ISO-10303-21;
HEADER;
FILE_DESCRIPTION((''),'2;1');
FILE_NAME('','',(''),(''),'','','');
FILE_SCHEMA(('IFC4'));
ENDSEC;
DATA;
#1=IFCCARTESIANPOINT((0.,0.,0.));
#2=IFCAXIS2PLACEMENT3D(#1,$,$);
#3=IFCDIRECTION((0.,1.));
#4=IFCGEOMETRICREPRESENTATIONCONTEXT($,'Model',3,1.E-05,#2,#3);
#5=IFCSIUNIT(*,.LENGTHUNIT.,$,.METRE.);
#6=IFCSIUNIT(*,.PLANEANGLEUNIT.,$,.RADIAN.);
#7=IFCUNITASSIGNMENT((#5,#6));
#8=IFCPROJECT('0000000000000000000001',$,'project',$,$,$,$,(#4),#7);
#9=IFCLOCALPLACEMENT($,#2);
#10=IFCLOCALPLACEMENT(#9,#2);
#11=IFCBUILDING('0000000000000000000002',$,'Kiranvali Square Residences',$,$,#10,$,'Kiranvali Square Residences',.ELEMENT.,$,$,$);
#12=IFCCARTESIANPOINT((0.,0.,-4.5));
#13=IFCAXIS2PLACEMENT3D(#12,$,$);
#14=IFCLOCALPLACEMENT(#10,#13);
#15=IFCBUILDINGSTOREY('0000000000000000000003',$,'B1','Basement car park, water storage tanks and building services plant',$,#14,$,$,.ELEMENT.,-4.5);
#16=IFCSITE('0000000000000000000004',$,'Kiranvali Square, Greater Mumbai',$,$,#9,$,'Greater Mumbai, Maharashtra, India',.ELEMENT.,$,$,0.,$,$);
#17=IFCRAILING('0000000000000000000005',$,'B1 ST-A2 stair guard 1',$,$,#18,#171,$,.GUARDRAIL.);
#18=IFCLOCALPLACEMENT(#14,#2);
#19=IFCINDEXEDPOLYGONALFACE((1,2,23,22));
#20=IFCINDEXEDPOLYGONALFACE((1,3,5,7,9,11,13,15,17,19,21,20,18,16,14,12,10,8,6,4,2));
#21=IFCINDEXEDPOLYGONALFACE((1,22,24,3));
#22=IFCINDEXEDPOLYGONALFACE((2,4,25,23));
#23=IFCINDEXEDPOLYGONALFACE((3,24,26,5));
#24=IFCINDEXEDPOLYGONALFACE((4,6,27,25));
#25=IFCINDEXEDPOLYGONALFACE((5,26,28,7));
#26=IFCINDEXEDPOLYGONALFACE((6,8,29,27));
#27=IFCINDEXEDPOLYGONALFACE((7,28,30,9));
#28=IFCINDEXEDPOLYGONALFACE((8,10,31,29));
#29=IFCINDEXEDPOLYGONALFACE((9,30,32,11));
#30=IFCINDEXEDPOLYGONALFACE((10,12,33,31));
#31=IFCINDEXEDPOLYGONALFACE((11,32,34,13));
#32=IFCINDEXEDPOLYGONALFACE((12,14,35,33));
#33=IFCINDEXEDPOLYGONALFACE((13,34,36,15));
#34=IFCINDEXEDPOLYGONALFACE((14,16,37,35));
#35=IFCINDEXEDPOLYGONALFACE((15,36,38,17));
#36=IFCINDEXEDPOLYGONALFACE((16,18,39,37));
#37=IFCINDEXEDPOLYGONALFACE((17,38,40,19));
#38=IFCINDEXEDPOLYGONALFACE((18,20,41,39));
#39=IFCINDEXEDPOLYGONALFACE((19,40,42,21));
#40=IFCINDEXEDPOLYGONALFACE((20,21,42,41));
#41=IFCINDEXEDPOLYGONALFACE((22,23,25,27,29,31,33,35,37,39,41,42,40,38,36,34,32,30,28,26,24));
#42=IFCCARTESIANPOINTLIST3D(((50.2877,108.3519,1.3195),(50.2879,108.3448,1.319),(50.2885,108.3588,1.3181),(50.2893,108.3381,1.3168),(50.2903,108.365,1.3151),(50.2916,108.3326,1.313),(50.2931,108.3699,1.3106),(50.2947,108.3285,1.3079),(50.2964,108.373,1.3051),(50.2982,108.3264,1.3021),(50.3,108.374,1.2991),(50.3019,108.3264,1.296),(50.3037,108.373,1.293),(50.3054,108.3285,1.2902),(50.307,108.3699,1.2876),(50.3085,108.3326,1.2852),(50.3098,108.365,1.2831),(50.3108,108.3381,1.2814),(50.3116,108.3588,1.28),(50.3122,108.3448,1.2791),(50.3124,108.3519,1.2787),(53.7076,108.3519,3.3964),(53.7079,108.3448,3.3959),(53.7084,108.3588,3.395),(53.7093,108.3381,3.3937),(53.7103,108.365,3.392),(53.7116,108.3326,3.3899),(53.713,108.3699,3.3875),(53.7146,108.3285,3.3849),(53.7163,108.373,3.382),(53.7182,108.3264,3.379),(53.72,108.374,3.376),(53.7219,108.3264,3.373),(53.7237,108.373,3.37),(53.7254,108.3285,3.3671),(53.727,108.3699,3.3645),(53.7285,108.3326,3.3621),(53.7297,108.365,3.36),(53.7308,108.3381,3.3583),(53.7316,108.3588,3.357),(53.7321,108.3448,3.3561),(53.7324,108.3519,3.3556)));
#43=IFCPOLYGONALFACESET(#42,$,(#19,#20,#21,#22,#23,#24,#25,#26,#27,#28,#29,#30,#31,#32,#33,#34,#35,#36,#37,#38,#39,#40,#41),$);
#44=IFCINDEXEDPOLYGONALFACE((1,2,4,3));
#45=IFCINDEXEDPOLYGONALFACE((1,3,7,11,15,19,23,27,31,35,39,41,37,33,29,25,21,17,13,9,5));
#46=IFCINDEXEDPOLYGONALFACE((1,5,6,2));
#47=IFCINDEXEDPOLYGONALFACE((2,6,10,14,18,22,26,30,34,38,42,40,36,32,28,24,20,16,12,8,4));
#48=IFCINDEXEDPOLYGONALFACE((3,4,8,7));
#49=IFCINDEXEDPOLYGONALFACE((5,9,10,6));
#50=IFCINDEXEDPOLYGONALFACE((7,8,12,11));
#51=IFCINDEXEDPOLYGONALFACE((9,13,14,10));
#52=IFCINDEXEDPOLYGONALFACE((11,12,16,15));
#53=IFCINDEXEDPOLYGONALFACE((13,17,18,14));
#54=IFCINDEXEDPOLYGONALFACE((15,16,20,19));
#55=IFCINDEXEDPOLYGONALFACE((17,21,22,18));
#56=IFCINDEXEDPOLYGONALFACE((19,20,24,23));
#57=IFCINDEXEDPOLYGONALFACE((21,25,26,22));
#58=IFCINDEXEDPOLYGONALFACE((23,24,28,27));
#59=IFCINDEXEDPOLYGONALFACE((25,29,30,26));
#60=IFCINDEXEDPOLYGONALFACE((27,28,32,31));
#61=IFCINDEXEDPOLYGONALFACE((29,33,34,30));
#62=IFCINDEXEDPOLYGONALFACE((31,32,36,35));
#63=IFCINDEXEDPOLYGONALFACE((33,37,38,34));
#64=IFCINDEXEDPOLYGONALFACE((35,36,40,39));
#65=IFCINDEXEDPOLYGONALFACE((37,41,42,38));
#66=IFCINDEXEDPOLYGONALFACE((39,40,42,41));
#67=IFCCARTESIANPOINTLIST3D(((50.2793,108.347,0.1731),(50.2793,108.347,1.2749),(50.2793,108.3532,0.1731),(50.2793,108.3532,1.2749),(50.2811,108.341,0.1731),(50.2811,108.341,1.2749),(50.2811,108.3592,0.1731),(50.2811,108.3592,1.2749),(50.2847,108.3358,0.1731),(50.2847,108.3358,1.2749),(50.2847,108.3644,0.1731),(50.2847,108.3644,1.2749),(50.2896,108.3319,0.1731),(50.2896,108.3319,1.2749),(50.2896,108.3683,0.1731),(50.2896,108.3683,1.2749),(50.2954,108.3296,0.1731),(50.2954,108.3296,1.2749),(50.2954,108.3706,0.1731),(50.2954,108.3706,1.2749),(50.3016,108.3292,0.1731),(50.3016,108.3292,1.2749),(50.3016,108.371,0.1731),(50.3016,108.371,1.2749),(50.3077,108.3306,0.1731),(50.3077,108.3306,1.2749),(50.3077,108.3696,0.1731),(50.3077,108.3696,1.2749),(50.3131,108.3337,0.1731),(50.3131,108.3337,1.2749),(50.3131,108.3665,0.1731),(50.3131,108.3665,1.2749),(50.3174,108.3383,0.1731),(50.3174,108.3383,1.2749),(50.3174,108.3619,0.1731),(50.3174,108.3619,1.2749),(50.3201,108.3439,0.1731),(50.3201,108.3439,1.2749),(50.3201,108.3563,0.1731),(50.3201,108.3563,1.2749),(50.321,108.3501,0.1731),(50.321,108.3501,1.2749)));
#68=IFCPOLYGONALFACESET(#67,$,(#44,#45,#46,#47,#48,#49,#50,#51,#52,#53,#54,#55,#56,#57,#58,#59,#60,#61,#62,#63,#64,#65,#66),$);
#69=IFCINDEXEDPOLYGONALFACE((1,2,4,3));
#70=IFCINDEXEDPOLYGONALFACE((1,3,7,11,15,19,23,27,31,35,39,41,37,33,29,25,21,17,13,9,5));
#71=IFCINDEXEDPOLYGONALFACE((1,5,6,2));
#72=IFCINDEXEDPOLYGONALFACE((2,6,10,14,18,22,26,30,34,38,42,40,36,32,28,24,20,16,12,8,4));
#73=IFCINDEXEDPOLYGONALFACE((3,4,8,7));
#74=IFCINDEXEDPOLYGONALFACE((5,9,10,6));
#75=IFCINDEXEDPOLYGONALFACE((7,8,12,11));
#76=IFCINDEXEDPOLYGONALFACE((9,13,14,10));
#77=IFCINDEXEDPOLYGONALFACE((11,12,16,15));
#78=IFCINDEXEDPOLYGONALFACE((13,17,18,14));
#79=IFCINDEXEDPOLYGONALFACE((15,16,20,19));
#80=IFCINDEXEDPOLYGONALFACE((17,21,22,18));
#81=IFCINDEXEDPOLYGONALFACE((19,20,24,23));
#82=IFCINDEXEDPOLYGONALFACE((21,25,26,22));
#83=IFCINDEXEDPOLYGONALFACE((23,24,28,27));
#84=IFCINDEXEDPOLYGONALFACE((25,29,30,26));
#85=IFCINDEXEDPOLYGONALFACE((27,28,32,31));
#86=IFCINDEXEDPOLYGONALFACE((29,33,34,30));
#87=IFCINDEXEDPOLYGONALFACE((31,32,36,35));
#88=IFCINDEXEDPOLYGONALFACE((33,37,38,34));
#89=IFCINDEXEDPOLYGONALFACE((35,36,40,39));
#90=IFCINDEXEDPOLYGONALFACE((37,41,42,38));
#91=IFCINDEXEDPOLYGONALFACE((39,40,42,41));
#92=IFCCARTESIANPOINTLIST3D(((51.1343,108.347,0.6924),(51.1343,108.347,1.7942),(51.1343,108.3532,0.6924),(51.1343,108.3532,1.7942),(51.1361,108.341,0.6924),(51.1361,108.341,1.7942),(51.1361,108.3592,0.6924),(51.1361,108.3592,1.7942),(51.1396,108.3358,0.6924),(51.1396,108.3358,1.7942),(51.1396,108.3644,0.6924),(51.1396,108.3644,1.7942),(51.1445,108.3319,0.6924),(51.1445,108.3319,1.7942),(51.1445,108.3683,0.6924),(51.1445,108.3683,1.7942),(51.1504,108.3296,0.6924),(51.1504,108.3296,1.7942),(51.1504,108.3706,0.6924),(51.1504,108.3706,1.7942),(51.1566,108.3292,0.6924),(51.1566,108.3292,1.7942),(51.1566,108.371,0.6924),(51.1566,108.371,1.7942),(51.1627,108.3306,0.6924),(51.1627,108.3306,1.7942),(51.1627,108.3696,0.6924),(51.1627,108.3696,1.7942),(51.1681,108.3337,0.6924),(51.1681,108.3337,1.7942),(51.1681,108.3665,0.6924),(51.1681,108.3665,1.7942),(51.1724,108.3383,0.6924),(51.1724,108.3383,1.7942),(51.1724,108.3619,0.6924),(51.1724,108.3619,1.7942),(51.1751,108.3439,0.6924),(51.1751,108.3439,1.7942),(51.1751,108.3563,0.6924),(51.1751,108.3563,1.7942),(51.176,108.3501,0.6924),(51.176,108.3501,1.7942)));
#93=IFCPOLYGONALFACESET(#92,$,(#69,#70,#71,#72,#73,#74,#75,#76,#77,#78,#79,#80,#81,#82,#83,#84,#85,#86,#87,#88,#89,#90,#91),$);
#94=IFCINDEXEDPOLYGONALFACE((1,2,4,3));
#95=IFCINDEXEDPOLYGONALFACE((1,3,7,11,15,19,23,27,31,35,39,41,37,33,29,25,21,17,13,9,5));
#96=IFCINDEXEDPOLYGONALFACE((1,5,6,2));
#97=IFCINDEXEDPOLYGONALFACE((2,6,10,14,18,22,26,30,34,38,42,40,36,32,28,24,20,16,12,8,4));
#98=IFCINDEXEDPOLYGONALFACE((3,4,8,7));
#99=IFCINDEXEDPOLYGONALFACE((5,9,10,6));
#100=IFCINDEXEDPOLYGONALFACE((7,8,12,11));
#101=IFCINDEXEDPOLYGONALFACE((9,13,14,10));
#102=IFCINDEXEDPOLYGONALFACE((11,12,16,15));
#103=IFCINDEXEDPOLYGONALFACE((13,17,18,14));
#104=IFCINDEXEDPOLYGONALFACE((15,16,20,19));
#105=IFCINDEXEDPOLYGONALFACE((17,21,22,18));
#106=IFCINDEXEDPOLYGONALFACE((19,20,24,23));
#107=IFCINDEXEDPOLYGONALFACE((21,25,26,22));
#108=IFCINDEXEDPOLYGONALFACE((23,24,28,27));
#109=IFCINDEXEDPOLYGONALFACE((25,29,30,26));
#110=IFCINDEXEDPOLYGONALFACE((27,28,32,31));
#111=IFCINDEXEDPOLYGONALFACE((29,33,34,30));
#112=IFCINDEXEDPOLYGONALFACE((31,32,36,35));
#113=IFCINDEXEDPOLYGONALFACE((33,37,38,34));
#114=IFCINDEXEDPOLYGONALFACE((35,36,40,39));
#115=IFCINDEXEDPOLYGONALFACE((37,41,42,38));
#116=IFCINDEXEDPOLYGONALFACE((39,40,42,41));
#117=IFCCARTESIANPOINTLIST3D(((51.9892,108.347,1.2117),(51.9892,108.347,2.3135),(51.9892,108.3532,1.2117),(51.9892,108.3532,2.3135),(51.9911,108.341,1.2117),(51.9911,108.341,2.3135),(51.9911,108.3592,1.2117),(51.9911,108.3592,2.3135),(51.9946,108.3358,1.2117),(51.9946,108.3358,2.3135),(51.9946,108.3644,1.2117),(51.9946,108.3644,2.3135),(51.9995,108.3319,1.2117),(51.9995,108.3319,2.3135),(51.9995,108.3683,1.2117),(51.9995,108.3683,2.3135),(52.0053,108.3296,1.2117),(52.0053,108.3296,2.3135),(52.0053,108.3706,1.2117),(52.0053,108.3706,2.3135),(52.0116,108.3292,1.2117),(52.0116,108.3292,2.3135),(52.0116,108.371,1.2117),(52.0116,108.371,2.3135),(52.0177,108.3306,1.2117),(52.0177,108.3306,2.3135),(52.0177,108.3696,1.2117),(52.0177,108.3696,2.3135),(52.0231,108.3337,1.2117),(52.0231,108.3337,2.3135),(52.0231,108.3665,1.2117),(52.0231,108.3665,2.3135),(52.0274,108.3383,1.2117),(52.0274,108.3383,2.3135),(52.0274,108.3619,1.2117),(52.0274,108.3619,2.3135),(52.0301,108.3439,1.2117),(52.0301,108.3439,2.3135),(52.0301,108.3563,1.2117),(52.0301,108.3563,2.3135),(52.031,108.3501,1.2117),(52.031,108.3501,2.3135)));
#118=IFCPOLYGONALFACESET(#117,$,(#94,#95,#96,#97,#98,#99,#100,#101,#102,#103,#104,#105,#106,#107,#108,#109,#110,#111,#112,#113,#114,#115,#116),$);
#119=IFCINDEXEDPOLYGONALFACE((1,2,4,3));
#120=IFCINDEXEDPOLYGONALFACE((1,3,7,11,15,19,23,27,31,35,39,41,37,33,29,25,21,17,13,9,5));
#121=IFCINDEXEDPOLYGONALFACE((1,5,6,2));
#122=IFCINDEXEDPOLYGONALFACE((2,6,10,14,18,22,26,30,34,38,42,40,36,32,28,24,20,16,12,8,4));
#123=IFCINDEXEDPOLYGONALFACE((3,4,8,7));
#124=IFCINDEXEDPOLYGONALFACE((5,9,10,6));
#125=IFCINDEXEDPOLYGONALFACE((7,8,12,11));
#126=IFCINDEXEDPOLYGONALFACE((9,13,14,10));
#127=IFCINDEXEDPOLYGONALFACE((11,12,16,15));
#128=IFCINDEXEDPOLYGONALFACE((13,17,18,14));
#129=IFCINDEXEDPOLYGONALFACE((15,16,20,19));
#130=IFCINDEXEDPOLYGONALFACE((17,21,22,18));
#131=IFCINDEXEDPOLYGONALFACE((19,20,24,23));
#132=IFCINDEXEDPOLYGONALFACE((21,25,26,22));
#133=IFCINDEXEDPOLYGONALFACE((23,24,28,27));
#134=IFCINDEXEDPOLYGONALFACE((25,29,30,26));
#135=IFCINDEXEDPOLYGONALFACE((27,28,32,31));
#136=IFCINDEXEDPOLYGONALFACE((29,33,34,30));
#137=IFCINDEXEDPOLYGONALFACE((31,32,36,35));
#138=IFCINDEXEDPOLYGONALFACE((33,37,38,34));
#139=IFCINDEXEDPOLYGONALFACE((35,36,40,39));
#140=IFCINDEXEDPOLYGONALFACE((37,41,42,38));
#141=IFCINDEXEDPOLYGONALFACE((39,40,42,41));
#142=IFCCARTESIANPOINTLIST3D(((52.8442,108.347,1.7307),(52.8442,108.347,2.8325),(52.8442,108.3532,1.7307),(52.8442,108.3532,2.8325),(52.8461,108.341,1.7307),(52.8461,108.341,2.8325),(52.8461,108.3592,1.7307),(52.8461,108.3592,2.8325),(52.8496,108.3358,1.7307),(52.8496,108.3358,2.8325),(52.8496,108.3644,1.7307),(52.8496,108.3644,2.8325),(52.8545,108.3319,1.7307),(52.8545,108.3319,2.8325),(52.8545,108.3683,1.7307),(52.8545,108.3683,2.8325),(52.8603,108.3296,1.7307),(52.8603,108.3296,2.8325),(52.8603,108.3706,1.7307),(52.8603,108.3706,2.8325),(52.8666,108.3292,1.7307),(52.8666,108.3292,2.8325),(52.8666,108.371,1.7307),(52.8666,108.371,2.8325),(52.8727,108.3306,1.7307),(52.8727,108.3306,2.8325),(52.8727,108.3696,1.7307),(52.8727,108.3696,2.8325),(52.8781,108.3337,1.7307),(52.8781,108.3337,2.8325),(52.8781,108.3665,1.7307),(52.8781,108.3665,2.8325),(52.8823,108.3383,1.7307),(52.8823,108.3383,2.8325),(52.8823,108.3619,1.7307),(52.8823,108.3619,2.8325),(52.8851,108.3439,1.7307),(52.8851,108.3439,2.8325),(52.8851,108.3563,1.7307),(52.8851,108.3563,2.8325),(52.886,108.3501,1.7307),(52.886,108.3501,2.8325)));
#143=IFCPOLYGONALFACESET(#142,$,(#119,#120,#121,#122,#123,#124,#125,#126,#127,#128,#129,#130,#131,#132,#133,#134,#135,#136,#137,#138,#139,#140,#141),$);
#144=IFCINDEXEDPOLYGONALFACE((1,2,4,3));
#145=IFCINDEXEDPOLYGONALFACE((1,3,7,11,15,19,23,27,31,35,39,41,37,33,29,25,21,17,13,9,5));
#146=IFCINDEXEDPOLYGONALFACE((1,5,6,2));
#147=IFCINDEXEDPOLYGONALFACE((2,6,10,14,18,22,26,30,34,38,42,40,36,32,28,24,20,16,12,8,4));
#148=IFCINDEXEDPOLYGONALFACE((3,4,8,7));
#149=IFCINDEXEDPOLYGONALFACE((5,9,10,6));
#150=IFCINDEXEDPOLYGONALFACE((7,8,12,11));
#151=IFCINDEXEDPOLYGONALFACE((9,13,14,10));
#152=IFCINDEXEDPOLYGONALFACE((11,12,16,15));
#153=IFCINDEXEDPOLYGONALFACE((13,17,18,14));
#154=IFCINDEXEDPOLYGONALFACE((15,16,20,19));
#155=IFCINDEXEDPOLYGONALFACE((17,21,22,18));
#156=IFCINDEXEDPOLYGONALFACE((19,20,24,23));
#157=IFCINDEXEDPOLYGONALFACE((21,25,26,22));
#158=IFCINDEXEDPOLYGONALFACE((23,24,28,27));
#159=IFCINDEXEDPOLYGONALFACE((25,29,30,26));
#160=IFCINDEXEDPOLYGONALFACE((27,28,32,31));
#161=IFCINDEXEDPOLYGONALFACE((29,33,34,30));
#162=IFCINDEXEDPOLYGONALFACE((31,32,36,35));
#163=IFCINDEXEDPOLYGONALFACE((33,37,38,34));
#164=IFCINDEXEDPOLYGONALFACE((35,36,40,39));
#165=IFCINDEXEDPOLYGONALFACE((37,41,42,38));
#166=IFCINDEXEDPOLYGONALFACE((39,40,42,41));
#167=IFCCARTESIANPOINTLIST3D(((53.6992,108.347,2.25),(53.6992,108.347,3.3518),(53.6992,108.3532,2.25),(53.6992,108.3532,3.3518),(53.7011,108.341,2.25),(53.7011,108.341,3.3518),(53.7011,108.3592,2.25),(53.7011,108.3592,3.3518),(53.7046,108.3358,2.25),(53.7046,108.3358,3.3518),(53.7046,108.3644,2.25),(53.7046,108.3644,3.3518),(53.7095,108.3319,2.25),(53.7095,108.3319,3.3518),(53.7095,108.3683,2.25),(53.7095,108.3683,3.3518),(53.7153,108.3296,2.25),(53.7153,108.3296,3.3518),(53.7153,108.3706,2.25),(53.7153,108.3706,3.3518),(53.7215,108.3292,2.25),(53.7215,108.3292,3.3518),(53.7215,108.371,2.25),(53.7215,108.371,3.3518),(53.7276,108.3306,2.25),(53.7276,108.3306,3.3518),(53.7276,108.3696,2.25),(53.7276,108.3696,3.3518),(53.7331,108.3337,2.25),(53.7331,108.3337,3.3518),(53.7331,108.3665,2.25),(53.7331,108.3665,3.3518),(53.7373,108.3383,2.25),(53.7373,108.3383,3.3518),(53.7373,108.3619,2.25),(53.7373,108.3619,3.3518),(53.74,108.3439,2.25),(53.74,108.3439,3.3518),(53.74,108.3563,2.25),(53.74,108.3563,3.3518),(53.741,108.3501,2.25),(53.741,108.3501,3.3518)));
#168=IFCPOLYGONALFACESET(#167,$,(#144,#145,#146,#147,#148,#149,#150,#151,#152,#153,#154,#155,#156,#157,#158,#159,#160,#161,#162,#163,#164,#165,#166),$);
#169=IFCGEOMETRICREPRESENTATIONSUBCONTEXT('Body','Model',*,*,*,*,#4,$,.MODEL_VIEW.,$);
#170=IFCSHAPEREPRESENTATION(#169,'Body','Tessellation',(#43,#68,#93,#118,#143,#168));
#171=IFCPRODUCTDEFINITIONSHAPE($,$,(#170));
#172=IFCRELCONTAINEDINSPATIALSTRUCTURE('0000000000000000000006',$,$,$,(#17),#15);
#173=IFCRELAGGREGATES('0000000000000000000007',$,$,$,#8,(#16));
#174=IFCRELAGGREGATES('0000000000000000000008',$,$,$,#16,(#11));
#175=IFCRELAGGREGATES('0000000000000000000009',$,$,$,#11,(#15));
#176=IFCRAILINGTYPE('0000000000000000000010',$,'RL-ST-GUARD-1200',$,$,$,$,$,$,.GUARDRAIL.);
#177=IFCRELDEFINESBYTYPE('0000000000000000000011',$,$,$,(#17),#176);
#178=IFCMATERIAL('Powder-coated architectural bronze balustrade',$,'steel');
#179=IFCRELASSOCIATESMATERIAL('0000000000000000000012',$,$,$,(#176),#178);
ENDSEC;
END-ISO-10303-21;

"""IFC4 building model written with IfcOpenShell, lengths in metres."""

from ifc_helpers import new_model, si_unit, direction, frame, origin, origin_2d, place, context, subcontext, project, spatial, circle, extrude, material, type_object, element, save


model = new_model("IFC4")

# Units and contexts
model_context = context("Model", 3, precision=1e-05, world=origin(), true_north=direction((0.0, 1.0)))
body_context = subcontext(model_context, "Body", "Model", "MODEL_VIEW")
ifc_project = project(units=[si_unit("LENGTHUNIT", "METRE"), si_unit("PLANEANGLEUNIT", "RADIAN")], contexts=[model_context])

# Site, building, storey
site_placement = place(None, origin())
site = spatial("IfcSite", under=ifc_project, at=site_placement, Name="Kiranvali Square, Greater Mumbai", LongName="Greater Mumbai, Maharashtra, India", CompositionType="ELEMENT", RefElevation=0.0)
building_placement = place(site_placement, origin())
building = spatial("IfcBuilding", under=site, at=building_placement, Name="Kiranvali Square Residences", LongName="Kiranvali Square Residences", CompositionType="ELEMENT")
storey_placement = place(building_placement, frame((0.0, 0.0, -4.5)))
storey = spatial("IfcBuildingStorey", under=building, at=storey_placement, Name="B1", Description="Basement car park, water storage tanks and building services plant", CompositionType="ELEMENT", Elevation=-4.5)

# Railing
ifc_material_1 = material(Name="Powder-coated architectural bronze balustrade", Category="steel")
railing_type_1 = type_object("IfcRailingType", Name="RL-ST-GUARD-1200", PredefinedType="GUARDRAIL", material=ifc_material_1)
railing_1_placement = place(storey_placement, frame((50.3, 108.3501, 0.1731)))
element("IfcRailing", 1, at=railing_1_placement, inside=storey, type_object=railing_type_1, Name="B1 ST-A2 stair guard 1", PredefinedType="GUARDRAIL", context=body_context, shape_type="SweptSolid", body=[
    extrude(circle(Radius=0.0239, at=origin_2d()), frame((0.0, 0.0, 1.126), z_axis=(0.85473, 0.0, 0.519074), x_axis=(0.0, 1.0, 0.0)), (0.0, 0.0, 1.0), 4.0012),
    extrude(circle(Radius=0.021, at=origin_2d()), origin(), (0.0, 0.0, 1.0), 1.1018),
    extrude(circle(Radius=0.021, at=origin_2d()), frame((0.855, 0.0, 0.5193)), (0.0, 0.0, 1.0), 1.1018),
    extrude(circle(Radius=0.021, at=origin_2d()), frame((1.71, 0.0, 1.0386)), (0.0, 0.0, 1.0), 1.1018),
    extrude(circle(Radius=0.021, at=origin_2d()), frame((2.5649, 0.0, 1.5576)), (0.0, 0.0, 1.0), 1.1018),
    extrude(circle(Radius=0.021, at=origin_2d()), frame((3.4199, 0.0, 2.0769)), (0.0, 0.0, 1.0), 1.1018),
])

save(model, "model.ifc")
